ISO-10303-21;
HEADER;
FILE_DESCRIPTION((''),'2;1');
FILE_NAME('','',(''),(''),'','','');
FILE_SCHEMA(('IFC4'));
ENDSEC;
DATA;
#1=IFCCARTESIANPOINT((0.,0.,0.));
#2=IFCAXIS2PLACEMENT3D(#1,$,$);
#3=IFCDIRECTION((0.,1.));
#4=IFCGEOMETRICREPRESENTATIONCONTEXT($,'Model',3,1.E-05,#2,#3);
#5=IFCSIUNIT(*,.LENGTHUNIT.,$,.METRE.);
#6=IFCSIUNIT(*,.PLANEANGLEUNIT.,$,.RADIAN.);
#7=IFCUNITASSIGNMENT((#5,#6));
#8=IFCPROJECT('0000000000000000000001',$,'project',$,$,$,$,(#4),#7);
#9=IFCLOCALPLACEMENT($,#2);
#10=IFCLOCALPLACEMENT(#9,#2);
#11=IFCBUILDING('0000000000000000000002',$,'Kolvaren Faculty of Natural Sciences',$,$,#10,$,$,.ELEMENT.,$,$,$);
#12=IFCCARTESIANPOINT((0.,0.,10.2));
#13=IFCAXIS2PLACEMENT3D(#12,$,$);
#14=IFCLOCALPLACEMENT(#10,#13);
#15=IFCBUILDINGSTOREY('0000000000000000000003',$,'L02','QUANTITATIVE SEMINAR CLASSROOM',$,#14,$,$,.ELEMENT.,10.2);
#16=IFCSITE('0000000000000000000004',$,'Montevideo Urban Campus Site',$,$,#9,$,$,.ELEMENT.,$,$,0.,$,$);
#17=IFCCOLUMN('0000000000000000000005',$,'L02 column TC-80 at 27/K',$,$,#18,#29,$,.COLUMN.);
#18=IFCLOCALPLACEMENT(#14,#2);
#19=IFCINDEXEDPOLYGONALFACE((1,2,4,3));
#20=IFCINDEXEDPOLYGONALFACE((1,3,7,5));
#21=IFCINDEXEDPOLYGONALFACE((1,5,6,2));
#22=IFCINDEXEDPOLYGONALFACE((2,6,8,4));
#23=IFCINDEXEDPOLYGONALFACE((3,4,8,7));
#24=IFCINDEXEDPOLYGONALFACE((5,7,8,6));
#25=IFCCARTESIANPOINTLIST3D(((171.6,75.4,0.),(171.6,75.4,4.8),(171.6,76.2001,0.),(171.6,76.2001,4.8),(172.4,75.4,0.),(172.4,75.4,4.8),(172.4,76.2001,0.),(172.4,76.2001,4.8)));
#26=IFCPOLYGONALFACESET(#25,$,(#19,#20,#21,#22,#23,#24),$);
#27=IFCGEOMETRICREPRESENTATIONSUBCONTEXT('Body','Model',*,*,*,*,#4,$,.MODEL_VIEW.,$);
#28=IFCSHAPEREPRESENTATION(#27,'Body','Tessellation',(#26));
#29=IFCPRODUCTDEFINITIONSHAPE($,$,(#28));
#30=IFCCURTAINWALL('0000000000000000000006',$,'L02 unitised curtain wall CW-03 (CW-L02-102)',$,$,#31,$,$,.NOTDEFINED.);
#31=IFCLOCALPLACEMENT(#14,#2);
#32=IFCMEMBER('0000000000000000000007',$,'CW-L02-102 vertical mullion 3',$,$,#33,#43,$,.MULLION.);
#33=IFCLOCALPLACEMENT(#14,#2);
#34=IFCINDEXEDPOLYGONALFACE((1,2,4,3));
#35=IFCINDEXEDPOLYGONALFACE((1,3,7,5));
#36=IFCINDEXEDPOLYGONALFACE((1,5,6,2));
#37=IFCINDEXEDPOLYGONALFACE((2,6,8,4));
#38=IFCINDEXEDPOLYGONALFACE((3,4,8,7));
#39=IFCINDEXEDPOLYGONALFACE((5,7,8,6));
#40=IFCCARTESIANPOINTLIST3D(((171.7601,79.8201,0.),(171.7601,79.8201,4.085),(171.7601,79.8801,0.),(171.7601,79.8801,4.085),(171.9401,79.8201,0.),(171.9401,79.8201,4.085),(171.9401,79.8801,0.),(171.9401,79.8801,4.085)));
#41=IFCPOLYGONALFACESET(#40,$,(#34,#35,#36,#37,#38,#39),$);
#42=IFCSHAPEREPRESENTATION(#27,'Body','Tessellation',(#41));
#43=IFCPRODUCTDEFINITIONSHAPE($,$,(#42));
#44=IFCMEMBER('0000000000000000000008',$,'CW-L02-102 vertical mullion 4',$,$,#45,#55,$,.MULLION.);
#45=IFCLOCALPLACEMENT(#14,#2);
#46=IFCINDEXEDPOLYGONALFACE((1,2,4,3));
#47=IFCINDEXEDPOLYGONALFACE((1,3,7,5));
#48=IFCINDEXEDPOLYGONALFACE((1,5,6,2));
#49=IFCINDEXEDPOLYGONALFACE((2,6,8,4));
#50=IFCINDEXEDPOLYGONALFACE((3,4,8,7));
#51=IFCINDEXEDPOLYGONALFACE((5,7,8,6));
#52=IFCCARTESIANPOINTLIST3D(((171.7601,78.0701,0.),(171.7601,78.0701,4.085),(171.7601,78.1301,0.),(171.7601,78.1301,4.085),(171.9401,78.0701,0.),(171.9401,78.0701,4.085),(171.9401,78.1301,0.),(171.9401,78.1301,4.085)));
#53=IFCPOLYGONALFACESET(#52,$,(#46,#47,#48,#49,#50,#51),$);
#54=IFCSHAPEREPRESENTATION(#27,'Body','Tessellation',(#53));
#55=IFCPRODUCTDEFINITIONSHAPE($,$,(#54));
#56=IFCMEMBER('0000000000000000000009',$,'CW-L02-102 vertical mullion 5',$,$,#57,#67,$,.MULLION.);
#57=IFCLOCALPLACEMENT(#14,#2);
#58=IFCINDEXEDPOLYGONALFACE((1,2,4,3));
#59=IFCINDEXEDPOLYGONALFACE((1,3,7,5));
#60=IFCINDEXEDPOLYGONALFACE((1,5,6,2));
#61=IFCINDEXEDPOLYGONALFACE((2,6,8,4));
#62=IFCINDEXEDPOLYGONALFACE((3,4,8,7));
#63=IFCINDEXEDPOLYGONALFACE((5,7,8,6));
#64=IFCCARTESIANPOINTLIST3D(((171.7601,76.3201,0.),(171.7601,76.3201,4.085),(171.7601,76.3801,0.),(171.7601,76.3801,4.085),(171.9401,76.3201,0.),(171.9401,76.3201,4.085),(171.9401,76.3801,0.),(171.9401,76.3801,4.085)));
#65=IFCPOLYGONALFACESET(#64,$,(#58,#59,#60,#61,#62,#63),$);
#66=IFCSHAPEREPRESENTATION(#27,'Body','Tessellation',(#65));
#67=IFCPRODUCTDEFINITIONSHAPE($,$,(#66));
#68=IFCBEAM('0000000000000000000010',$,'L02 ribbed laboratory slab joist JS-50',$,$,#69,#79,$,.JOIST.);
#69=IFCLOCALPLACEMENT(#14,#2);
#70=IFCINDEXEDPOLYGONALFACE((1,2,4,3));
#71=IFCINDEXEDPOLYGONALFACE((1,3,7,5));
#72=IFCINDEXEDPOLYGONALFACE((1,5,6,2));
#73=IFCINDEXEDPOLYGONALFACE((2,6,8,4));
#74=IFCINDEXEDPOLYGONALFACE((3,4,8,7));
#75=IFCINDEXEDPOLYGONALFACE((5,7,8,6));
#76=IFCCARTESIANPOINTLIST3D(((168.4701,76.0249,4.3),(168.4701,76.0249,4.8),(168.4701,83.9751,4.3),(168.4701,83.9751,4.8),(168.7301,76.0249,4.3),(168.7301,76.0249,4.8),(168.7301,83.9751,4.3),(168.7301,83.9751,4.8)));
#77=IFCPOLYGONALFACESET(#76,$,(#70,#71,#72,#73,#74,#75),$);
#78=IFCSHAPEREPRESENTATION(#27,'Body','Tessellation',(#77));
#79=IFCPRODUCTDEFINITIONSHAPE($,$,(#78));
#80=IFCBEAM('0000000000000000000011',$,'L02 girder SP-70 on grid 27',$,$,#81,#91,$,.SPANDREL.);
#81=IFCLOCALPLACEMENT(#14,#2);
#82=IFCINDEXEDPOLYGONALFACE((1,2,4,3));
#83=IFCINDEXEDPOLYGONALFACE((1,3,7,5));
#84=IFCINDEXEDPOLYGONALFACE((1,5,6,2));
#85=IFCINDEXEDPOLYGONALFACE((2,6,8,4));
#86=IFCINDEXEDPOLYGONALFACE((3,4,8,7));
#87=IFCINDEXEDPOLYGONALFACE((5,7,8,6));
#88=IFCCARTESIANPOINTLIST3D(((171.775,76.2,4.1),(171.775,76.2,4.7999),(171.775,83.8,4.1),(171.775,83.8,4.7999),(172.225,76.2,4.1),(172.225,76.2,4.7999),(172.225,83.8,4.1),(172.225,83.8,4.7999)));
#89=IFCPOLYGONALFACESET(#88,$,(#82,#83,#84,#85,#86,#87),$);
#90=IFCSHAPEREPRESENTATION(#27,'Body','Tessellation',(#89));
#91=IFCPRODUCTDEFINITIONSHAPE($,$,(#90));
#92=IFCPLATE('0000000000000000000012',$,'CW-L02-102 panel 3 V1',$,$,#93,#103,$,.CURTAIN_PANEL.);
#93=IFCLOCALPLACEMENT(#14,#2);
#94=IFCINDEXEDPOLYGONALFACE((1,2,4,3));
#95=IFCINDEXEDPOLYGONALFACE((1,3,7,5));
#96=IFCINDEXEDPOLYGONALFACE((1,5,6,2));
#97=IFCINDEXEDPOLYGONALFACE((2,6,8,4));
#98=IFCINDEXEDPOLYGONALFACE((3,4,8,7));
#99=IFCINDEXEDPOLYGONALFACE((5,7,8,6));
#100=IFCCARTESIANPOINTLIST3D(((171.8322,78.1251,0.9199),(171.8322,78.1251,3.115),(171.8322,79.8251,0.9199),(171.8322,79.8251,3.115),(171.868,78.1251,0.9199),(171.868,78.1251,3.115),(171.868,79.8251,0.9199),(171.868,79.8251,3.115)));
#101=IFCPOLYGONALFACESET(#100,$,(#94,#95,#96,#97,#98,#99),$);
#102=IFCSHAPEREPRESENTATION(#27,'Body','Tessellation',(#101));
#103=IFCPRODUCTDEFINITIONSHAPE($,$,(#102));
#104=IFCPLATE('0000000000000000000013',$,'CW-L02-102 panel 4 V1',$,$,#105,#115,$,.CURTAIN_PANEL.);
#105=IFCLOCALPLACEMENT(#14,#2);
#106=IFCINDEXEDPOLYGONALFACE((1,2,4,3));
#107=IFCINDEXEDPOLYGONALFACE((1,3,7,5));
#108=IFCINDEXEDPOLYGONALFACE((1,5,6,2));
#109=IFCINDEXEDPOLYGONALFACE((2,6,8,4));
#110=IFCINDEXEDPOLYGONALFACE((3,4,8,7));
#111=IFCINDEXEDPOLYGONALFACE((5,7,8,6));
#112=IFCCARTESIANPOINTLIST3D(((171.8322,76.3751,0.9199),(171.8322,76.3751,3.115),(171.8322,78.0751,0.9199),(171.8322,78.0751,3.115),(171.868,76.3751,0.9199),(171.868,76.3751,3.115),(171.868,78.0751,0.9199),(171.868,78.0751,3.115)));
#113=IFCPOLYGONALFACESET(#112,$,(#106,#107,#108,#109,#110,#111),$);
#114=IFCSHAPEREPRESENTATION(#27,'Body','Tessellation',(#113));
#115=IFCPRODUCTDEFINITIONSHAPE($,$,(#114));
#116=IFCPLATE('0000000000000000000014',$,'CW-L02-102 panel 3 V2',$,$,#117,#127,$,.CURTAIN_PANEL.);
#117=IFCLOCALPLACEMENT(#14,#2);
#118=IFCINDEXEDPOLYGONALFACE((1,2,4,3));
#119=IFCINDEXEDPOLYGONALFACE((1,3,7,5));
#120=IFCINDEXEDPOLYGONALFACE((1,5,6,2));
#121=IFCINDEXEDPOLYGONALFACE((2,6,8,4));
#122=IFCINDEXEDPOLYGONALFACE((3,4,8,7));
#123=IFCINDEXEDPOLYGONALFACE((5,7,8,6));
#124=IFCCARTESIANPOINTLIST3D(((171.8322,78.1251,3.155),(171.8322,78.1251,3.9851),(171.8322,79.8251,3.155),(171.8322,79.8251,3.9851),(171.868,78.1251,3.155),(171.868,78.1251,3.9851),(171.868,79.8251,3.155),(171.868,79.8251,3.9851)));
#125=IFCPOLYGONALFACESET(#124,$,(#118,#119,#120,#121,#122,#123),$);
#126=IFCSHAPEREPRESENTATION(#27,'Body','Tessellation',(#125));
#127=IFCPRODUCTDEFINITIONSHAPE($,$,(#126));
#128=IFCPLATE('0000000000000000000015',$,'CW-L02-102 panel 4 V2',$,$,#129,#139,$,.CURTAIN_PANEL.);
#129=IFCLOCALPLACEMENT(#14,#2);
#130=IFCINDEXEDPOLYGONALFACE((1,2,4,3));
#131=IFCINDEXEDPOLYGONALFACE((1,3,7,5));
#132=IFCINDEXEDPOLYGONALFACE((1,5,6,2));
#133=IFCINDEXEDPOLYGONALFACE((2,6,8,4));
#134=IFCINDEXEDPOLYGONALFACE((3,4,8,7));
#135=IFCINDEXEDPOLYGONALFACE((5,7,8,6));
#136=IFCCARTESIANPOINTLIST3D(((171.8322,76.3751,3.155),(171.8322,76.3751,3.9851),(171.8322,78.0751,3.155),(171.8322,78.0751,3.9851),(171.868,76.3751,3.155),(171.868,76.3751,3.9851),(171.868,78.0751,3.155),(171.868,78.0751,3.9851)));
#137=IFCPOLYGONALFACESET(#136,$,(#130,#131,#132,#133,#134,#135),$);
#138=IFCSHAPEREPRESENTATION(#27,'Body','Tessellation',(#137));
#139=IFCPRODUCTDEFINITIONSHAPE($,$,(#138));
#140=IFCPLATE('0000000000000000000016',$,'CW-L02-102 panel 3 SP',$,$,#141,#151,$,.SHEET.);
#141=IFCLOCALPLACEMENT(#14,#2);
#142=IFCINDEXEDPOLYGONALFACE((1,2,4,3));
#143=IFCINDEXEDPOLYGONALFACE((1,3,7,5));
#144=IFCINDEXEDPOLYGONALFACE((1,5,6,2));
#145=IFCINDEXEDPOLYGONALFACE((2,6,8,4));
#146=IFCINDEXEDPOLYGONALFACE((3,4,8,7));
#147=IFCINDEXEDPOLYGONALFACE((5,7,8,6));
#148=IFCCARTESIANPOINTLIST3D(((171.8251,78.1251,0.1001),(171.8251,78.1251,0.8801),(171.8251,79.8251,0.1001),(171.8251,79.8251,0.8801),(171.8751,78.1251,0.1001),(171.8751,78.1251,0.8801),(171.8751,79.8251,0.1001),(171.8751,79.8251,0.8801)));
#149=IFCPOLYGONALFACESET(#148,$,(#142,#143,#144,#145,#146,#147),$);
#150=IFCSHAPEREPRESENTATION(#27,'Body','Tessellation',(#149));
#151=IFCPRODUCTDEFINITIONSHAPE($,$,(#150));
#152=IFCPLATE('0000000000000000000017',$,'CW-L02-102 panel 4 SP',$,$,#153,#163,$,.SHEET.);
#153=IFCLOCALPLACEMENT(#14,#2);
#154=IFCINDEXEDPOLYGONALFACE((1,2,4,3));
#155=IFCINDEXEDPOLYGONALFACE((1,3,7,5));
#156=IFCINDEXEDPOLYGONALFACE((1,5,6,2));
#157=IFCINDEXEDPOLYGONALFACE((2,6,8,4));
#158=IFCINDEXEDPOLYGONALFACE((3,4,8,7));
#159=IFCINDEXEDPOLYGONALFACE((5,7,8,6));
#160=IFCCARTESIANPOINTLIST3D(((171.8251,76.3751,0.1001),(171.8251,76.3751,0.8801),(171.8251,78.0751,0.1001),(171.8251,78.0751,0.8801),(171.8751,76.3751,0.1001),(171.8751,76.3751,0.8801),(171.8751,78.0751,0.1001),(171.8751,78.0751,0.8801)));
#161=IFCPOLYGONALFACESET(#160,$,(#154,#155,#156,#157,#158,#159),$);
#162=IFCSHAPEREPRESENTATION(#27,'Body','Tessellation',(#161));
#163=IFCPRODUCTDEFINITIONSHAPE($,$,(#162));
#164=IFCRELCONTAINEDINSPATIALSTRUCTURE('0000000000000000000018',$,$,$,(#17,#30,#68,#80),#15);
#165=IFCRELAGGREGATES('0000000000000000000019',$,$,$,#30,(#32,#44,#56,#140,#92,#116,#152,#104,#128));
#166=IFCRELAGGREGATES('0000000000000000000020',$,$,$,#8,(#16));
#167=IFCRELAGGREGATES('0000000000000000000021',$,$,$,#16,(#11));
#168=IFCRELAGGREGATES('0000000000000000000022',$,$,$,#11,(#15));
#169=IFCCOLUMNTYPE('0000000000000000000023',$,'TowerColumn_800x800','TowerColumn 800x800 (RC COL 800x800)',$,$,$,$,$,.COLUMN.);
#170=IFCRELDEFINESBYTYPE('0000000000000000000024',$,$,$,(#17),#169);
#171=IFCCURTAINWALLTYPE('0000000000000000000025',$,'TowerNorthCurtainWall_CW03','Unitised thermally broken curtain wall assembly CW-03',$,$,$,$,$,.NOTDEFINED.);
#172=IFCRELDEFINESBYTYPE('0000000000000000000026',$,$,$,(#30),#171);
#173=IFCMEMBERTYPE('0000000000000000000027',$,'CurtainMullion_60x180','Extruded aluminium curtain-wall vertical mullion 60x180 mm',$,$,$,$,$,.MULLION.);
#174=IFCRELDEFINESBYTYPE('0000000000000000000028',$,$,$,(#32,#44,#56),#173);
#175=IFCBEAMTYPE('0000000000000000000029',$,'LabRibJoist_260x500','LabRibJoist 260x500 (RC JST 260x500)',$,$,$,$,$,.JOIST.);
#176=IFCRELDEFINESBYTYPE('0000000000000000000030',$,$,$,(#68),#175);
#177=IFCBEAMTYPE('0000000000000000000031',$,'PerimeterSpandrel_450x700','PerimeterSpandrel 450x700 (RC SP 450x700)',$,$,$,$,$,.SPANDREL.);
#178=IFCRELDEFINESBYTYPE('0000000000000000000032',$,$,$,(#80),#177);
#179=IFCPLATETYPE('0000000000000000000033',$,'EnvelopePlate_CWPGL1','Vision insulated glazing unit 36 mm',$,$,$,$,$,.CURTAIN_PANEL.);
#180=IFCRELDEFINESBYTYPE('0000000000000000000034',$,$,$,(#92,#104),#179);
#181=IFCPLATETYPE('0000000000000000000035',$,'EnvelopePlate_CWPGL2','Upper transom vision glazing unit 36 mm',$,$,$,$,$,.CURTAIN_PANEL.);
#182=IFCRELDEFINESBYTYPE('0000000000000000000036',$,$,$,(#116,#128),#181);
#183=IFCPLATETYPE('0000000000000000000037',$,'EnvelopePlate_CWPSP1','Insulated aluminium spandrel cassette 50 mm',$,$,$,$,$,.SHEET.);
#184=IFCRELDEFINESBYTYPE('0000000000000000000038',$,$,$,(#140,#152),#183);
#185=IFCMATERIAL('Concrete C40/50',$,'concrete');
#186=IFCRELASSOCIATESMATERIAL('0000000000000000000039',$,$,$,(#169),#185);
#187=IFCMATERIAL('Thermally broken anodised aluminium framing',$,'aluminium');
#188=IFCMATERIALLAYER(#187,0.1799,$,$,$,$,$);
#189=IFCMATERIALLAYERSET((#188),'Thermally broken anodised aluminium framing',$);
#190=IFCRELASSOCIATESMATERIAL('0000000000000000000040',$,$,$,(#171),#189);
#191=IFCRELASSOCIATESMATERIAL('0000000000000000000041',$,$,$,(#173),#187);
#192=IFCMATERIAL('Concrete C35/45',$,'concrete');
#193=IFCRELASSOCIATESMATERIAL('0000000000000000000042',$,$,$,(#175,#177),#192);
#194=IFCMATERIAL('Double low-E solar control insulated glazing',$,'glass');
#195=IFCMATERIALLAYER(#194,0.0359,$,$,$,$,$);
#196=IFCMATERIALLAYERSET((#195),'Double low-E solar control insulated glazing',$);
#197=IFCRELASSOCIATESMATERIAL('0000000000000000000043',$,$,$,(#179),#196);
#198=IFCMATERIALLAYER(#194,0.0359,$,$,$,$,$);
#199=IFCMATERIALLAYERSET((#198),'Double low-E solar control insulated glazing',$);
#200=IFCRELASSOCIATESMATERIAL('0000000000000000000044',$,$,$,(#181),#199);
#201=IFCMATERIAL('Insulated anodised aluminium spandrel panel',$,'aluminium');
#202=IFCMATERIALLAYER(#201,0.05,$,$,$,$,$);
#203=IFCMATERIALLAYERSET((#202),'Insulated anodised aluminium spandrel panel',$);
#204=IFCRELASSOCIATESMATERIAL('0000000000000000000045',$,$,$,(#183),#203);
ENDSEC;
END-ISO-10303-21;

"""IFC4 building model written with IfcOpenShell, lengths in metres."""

from ifc_helpers import new_model, si_unit, direction, frame, origin, origin_2d, place, context, subcontext, project, spatial, rectangle, extrude, material, layer, layer_set, material_profile, profile_set, type_object, element, aggregate, save


model = new_model("IFC4")

# Units and contexts
model_context = context("Model", 3, precision=1e-05, world=origin(), true_north=direction((0.0, 1.0)))
body_context = subcontext(model_context, "Body", "Model", "MODEL_VIEW")
ifc_project = project(units=[si_unit("LENGTHUNIT", "METRE"), si_unit("PLANEANGLEUNIT", "RADIAN")], contexts=[model_context])

# Site, building, storey
site_placement = place(None, origin())
site = spatial("IfcSite", under=ifc_project, at=site_placement, Name="Montevideo Urban Campus Site", CompositionType="ELEMENT", RefElevation=0.0)
building_placement = place(site_placement, origin())
building = spatial("IfcBuilding", under=site, at=building_placement, Name="Kolvaren Faculty of Natural Sciences", CompositionType="ELEMENT")
storey_placement = place(building_placement, frame((0.0, 0.0, 10.2)))
storey = spatial("IfcBuildingStorey", under=building, at=storey_placement, Name="L02", Description="QUANTITATIVE SEMINAR CLASSROOM", CompositionType="ELEMENT", Elevation=10.2)

# Column
ifc_material_1 = material(Name="Concrete C40/50", Category="concrete")
ifc_material_profile_1 = material_profile(ifc_material_1, rectangle(XDim=0.8, YDim=0.8, at=origin_2d()), Name="RC COL 800x800")
ifc_profile_set_1 = profile_set([ifc_material_profile_1], Name="Concrete C40/50")
column_type = type_object("IfcColumnType", Name="TowerColumn_800x800", Description="TowerColumn 800x800 (RC COL 800x800)", PredefinedType="COLUMN", material=ifc_profile_set_1)
column_placement = place(storey_placement, frame((172.0, 75.8, 0.0), z_axis=(0.0, 0.0, 1.0), x_axis=(1.0, 0.0, 0.0)))
element("IfcColumn", 1, at=column_placement, inside=storey, type_object=column_type, Name="L02 column TC-80 at 27/K", PredefinedType="COLUMN", context=body_context, shape_type="SweptSolid", body=[
    extrude(rectangle(XDim=0.8, YDim=0.8, at=origin_2d()), origin(), (0.0, 0.0, 1.0), 4.8),
])

# Curtain wall, members
ifc_material_2 = material(Name="Thermally broken anodised aluminium framing", Category="aluminium")
ifc_layer_1 = layer(ifc_material_2, 0.1799)
ifc_layer_set_1 = layer_set([ifc_layer_1], Name="Thermally broken anodised aluminium framing")
curtain_wall_type = type_object("IfcCurtainWallType", Name="TowerNorthCurtainWall_CW03", Description="Unitised thermally broken curtain wall assembly CW-03", PredefinedType="NOTDEFINED", material=ifc_layer_set_1)
curtain_wall_placement = place(storey_placement, origin())
curtain_wall = element("IfcCurtainWall", 2, at=curtain_wall_placement, inside=storey, type_object=curtain_wall_type, Name="L02 unitised curtain wall CW-03 (CW-L02-102)", PredefinedType="NOTDEFINED")
ifc_material_profile_2 = material_profile(ifc_material_2, rectangle(XDim=0.0601, YDim=0.1799, at=origin_2d()), Name="ALU MUL 60x180")
ifc_profile_set_2 = profile_set([ifc_material_profile_2], Name="Thermally broken anodised aluminium framing")
member_type = type_object("IfcMemberType", Name="CurtainMullion_60x180", Description="Extruded aluminium curtain-wall vertical mullion 60x180 mm", PredefinedType="MULLION", material=ifc_profile_set_2)
member_1_placement = place(storey_placement, frame((171.8501, 79.8501, 0.0), z_axis=(0.0, 0.0, 1.0), x_axis=(0.0, -1.0, 0.0)))
member_1 = element("IfcMember", 3, at=member_1_placement, type_object=member_type, Name="CW-L02-102 vertical mullion 3", PredefinedType="MULLION", context=body_context, shape_type="SweptSolid", body=[
    extrude(rectangle(XDim=0.0601, YDim=0.1799, at=origin_2d()), origin(), (0.0, 0.0, 1.0), 4.085),
])
member_2_placement = place(storey_placement, frame((171.8501, 78.1001, 0.0), z_axis=(0.0, 0.0, 1.0), x_axis=(0.0, -1.0, 0.0)))
member_2 = element("IfcMember", 4, at=member_2_placement, type_object=member_type, Name="CW-L02-102 vertical mullion 4", PredefinedType="MULLION", context=body_context, shape_type="SweptSolid", body=[
    extrude(rectangle(XDim=0.0601, YDim=0.1799, at=origin_2d()), origin(), (0.0, 0.0, 1.0), 4.085),
])
member_3_placement = place(storey_placement, frame((171.8501, 76.3501, 0.0), z_axis=(0.0, 0.0, 1.0), x_axis=(0.0, -1.0, 0.0)))
member_3 = element("IfcMember", 5, at=member_3_placement, type_object=member_type, Name="CW-L02-102 vertical mullion 5", PredefinedType="MULLION", context=body_context, shape_type="SweptSolid", body=[
    extrude(rectangle(XDim=0.0601, YDim=0.1799, at=origin_2d()), origin(), (0.0, 0.0, 1.0), 4.085),
])

# Beams
ifc_material_3 = material(Name="Concrete C35/45", Category="concrete")
ifc_material_profile_3 = material_profile(ifc_material_3, rectangle(XDim=0.26, YDim=0.5, at=origin_2d()), Name="RC JST 260x500")
ifc_profile_set_3 = profile_set([ifc_material_profile_3], Name="Concrete C35/45")
beam_type_1 = type_object("IfcBeamType", Name="LabRibJoist_260x500", Description="LabRibJoist 260x500 (RC JST 260x500)", PredefinedType="JOIST", material=ifc_profile_set_3)
beam_1_placement = place(storey_placement, frame((168.6001, 76.0249, 4.55), z_axis=(0.0, 1.0, 0.0), x_axis=(-1.0, 0.0, 0.0)))
element("IfcBeam", 6, at=beam_1_placement, inside=storey, type_object=beam_type_1, Name="L02 ribbed laboratory slab joist JS-50", PredefinedType="JOIST", context=body_context, shape_type="SweptSolid", body=[
    extrude(rectangle(XDim=0.26, YDim=0.5, at=origin_2d()), origin(), (0.0, 0.0, 1.0), 7.9502),
])
ifc_material_profile_4 = material_profile(ifc_material_3, rectangle(XDim=0.45, YDim=0.7, at=origin_2d()), Name="RC SP 450x700")
ifc_profile_set_4 = profile_set([ifc_material_profile_4], Name="Concrete C35/45")
beam_type_2 = type_object("IfcBeamType", Name="PerimeterSpandrel_450x700", Description="PerimeterSpandrel 450x700 (RC SP 450x700)", PredefinedType="SPANDREL", material=ifc_profile_set_4)
beam_2_placement = place(storey_placement, frame((172.0, 76.2, 4.45), z_axis=(0.0, 1.0, 0.0), x_axis=(-1.0, 0.0, 0.0)))
element("IfcBeam", 7, at=beam_2_placement, inside=storey, type_object=beam_type_2, Name="L02 girder SP-70 on grid 27", PredefinedType="SPANDREL", context=body_context, shape_type="SweptSolid", body=[
    extrude(rectangle(XDim=0.45, YDim=0.7, at=origin_2d()), origin(), (0.0, 0.0, 1.0), 7.6001),
])

# Plates
ifc_material_4 = material(Name="Double low-E solar control insulated glazing", Category="glass")
ifc_layer_2 = layer(ifc_material_4, 0.0359)
ifc_layer_set_2 = layer_set([ifc_layer_2], Name="Double low-E solar control insulated glazing")
plate_type_1 = type_object("IfcPlateType", Name="EnvelopePlate_CWPGL1", Description="Vision insulated glazing unit 36 mm", PredefinedType="CURTAIN_PANEL", material=ifc_layer_set_2)
plate_1_placement = place(storey_placement, frame((171.8501, 78.9751, 0.9199), z_axis=(0.0, 0.0, 1.0), x_axis=(0.0, -1.0, 0.0)))
plate_1 = element("IfcPlate", 8, at=plate_1_placement, type_object=plate_type_1, Name="CW-L02-102 panel 3 V1", PredefinedType="CURTAIN_PANEL", context=body_context, shape_type="SweptSolid", body=[
    extrude(rectangle(XDim=1.7, YDim=0.0359, at=origin_2d()), origin(), (0.0, 0.0, 1.0), 2.1951),
])
plate_2_placement = place(storey_placement, frame((171.8501, 77.2251, 0.9199), z_axis=(0.0, 0.0, 1.0), x_axis=(0.0, -1.0, 0.0)))
plate_2 = element("IfcPlate", 9, at=plate_2_placement, type_object=plate_type_1, Name="CW-L02-102 panel 4 V1", PredefinedType="CURTAIN_PANEL", context=body_context, shape_type="SweptSolid", body=[
    extrude(rectangle(XDim=1.7, YDim=0.0359, at=origin_2d()), origin(), (0.0, 0.0, 1.0), 2.1951),
])
ifc_layer_3 = layer(ifc_material_4, 0.0359)
ifc_layer_set_3 = layer_set([ifc_layer_3], Name="Double low-E solar control insulated glazing")
plate_type_2 = type_object("IfcPlateType", Name="EnvelopePlate_CWPGL2", Description="Upper transom vision glazing unit 36 mm", PredefinedType="CURTAIN_PANEL", material=ifc_layer_set_3)
plate_3_placement = place(storey_placement, frame((171.8501, 78.9751, 3.155), z_axis=(0.0, 0.0, 1.0), x_axis=(0.0, -1.0, 0.0)))
plate_3 = element("IfcPlate", 10, at=plate_3_placement, type_object=plate_type_2, Name="CW-L02-102 panel 3 V2", PredefinedType="CURTAIN_PANEL", context=body_context, shape_type="SweptSolid", body=[
    extrude(rectangle(XDim=1.7, YDim=0.0359, at=origin_2d()), origin(), (0.0, 0.0, 1.0), 0.8301),
])
plate_4_placement = place(storey_placement, frame((171.8501, 77.2251, 3.155), z_axis=(0.0, 0.0, 1.0), x_axis=(0.0, -1.0, 0.0)))
plate_4 = element("IfcPlate", 11, at=plate_4_placement, type_object=plate_type_2, Name="CW-L02-102 panel 4 V2", PredefinedType="CURTAIN_PANEL", context=body_context, shape_type="SweptSolid", body=[
    extrude(rectangle(XDim=1.7, YDim=0.0359, at=origin_2d()), origin(), (0.0, 0.0, 1.0), 0.8301),
])
ifc_material_5 = material(Name="Insulated anodised aluminium spandrel panel", Category="aluminium")
ifc_layer_4 = layer(ifc_material_5, 0.05)
ifc_layer_set_4 = layer_set([ifc_layer_4], Name="Insulated anodised aluminium spandrel panel")
plate_type_3 = type_object("IfcPlateType", Name="EnvelopePlate_CWPSP1", Description="Insulated aluminium spandrel cassette 50 mm", PredefinedType="SHEET", material=ifc_layer_set_4)
plate_5_placement = place(storey_placement, frame((171.8501, 78.9751, 0.1001), z_axis=(0.0, 0.0, 1.0), x_axis=(0.0, -1.0, 0.0)))
plate_5 = element("IfcPlate", 12, at=plate_5_placement, type_object=plate_type_3, Name="CW-L02-102 panel 3 SP", PredefinedType="SHEET", context=body_context, shape_type="SweptSolid", body=[
    extrude(rectangle(XDim=1.7, YDim=0.05, at=origin_2d()), origin(), (0.0, 0.0, 1.0), 0.78),
])
plate_6_placement = place(storey_placement, frame((171.8501, 77.2251, 0.1001), z_axis=(0.0, 0.0, 1.0), x_axis=(0.0, -1.0, 0.0)))
plate_6 = element("IfcPlate", 13, at=plate_6_placement, type_object=plate_type_3, Name="CW-L02-102 panel 4 SP", PredefinedType="SHEET", context=body_context, shape_type="SweptSolid", body=[
    extrude(rectangle(XDim=1.7, YDim=0.05, at=origin_2d()), origin(), (0.0, 0.0, 1.0), 0.78),
])
aggregate(curtain_wall, [member_1, member_2, member_3, plate_5, plate_1, plate_3, plate_6, plate_2, plate_4])

save(model, "model.ifc")
